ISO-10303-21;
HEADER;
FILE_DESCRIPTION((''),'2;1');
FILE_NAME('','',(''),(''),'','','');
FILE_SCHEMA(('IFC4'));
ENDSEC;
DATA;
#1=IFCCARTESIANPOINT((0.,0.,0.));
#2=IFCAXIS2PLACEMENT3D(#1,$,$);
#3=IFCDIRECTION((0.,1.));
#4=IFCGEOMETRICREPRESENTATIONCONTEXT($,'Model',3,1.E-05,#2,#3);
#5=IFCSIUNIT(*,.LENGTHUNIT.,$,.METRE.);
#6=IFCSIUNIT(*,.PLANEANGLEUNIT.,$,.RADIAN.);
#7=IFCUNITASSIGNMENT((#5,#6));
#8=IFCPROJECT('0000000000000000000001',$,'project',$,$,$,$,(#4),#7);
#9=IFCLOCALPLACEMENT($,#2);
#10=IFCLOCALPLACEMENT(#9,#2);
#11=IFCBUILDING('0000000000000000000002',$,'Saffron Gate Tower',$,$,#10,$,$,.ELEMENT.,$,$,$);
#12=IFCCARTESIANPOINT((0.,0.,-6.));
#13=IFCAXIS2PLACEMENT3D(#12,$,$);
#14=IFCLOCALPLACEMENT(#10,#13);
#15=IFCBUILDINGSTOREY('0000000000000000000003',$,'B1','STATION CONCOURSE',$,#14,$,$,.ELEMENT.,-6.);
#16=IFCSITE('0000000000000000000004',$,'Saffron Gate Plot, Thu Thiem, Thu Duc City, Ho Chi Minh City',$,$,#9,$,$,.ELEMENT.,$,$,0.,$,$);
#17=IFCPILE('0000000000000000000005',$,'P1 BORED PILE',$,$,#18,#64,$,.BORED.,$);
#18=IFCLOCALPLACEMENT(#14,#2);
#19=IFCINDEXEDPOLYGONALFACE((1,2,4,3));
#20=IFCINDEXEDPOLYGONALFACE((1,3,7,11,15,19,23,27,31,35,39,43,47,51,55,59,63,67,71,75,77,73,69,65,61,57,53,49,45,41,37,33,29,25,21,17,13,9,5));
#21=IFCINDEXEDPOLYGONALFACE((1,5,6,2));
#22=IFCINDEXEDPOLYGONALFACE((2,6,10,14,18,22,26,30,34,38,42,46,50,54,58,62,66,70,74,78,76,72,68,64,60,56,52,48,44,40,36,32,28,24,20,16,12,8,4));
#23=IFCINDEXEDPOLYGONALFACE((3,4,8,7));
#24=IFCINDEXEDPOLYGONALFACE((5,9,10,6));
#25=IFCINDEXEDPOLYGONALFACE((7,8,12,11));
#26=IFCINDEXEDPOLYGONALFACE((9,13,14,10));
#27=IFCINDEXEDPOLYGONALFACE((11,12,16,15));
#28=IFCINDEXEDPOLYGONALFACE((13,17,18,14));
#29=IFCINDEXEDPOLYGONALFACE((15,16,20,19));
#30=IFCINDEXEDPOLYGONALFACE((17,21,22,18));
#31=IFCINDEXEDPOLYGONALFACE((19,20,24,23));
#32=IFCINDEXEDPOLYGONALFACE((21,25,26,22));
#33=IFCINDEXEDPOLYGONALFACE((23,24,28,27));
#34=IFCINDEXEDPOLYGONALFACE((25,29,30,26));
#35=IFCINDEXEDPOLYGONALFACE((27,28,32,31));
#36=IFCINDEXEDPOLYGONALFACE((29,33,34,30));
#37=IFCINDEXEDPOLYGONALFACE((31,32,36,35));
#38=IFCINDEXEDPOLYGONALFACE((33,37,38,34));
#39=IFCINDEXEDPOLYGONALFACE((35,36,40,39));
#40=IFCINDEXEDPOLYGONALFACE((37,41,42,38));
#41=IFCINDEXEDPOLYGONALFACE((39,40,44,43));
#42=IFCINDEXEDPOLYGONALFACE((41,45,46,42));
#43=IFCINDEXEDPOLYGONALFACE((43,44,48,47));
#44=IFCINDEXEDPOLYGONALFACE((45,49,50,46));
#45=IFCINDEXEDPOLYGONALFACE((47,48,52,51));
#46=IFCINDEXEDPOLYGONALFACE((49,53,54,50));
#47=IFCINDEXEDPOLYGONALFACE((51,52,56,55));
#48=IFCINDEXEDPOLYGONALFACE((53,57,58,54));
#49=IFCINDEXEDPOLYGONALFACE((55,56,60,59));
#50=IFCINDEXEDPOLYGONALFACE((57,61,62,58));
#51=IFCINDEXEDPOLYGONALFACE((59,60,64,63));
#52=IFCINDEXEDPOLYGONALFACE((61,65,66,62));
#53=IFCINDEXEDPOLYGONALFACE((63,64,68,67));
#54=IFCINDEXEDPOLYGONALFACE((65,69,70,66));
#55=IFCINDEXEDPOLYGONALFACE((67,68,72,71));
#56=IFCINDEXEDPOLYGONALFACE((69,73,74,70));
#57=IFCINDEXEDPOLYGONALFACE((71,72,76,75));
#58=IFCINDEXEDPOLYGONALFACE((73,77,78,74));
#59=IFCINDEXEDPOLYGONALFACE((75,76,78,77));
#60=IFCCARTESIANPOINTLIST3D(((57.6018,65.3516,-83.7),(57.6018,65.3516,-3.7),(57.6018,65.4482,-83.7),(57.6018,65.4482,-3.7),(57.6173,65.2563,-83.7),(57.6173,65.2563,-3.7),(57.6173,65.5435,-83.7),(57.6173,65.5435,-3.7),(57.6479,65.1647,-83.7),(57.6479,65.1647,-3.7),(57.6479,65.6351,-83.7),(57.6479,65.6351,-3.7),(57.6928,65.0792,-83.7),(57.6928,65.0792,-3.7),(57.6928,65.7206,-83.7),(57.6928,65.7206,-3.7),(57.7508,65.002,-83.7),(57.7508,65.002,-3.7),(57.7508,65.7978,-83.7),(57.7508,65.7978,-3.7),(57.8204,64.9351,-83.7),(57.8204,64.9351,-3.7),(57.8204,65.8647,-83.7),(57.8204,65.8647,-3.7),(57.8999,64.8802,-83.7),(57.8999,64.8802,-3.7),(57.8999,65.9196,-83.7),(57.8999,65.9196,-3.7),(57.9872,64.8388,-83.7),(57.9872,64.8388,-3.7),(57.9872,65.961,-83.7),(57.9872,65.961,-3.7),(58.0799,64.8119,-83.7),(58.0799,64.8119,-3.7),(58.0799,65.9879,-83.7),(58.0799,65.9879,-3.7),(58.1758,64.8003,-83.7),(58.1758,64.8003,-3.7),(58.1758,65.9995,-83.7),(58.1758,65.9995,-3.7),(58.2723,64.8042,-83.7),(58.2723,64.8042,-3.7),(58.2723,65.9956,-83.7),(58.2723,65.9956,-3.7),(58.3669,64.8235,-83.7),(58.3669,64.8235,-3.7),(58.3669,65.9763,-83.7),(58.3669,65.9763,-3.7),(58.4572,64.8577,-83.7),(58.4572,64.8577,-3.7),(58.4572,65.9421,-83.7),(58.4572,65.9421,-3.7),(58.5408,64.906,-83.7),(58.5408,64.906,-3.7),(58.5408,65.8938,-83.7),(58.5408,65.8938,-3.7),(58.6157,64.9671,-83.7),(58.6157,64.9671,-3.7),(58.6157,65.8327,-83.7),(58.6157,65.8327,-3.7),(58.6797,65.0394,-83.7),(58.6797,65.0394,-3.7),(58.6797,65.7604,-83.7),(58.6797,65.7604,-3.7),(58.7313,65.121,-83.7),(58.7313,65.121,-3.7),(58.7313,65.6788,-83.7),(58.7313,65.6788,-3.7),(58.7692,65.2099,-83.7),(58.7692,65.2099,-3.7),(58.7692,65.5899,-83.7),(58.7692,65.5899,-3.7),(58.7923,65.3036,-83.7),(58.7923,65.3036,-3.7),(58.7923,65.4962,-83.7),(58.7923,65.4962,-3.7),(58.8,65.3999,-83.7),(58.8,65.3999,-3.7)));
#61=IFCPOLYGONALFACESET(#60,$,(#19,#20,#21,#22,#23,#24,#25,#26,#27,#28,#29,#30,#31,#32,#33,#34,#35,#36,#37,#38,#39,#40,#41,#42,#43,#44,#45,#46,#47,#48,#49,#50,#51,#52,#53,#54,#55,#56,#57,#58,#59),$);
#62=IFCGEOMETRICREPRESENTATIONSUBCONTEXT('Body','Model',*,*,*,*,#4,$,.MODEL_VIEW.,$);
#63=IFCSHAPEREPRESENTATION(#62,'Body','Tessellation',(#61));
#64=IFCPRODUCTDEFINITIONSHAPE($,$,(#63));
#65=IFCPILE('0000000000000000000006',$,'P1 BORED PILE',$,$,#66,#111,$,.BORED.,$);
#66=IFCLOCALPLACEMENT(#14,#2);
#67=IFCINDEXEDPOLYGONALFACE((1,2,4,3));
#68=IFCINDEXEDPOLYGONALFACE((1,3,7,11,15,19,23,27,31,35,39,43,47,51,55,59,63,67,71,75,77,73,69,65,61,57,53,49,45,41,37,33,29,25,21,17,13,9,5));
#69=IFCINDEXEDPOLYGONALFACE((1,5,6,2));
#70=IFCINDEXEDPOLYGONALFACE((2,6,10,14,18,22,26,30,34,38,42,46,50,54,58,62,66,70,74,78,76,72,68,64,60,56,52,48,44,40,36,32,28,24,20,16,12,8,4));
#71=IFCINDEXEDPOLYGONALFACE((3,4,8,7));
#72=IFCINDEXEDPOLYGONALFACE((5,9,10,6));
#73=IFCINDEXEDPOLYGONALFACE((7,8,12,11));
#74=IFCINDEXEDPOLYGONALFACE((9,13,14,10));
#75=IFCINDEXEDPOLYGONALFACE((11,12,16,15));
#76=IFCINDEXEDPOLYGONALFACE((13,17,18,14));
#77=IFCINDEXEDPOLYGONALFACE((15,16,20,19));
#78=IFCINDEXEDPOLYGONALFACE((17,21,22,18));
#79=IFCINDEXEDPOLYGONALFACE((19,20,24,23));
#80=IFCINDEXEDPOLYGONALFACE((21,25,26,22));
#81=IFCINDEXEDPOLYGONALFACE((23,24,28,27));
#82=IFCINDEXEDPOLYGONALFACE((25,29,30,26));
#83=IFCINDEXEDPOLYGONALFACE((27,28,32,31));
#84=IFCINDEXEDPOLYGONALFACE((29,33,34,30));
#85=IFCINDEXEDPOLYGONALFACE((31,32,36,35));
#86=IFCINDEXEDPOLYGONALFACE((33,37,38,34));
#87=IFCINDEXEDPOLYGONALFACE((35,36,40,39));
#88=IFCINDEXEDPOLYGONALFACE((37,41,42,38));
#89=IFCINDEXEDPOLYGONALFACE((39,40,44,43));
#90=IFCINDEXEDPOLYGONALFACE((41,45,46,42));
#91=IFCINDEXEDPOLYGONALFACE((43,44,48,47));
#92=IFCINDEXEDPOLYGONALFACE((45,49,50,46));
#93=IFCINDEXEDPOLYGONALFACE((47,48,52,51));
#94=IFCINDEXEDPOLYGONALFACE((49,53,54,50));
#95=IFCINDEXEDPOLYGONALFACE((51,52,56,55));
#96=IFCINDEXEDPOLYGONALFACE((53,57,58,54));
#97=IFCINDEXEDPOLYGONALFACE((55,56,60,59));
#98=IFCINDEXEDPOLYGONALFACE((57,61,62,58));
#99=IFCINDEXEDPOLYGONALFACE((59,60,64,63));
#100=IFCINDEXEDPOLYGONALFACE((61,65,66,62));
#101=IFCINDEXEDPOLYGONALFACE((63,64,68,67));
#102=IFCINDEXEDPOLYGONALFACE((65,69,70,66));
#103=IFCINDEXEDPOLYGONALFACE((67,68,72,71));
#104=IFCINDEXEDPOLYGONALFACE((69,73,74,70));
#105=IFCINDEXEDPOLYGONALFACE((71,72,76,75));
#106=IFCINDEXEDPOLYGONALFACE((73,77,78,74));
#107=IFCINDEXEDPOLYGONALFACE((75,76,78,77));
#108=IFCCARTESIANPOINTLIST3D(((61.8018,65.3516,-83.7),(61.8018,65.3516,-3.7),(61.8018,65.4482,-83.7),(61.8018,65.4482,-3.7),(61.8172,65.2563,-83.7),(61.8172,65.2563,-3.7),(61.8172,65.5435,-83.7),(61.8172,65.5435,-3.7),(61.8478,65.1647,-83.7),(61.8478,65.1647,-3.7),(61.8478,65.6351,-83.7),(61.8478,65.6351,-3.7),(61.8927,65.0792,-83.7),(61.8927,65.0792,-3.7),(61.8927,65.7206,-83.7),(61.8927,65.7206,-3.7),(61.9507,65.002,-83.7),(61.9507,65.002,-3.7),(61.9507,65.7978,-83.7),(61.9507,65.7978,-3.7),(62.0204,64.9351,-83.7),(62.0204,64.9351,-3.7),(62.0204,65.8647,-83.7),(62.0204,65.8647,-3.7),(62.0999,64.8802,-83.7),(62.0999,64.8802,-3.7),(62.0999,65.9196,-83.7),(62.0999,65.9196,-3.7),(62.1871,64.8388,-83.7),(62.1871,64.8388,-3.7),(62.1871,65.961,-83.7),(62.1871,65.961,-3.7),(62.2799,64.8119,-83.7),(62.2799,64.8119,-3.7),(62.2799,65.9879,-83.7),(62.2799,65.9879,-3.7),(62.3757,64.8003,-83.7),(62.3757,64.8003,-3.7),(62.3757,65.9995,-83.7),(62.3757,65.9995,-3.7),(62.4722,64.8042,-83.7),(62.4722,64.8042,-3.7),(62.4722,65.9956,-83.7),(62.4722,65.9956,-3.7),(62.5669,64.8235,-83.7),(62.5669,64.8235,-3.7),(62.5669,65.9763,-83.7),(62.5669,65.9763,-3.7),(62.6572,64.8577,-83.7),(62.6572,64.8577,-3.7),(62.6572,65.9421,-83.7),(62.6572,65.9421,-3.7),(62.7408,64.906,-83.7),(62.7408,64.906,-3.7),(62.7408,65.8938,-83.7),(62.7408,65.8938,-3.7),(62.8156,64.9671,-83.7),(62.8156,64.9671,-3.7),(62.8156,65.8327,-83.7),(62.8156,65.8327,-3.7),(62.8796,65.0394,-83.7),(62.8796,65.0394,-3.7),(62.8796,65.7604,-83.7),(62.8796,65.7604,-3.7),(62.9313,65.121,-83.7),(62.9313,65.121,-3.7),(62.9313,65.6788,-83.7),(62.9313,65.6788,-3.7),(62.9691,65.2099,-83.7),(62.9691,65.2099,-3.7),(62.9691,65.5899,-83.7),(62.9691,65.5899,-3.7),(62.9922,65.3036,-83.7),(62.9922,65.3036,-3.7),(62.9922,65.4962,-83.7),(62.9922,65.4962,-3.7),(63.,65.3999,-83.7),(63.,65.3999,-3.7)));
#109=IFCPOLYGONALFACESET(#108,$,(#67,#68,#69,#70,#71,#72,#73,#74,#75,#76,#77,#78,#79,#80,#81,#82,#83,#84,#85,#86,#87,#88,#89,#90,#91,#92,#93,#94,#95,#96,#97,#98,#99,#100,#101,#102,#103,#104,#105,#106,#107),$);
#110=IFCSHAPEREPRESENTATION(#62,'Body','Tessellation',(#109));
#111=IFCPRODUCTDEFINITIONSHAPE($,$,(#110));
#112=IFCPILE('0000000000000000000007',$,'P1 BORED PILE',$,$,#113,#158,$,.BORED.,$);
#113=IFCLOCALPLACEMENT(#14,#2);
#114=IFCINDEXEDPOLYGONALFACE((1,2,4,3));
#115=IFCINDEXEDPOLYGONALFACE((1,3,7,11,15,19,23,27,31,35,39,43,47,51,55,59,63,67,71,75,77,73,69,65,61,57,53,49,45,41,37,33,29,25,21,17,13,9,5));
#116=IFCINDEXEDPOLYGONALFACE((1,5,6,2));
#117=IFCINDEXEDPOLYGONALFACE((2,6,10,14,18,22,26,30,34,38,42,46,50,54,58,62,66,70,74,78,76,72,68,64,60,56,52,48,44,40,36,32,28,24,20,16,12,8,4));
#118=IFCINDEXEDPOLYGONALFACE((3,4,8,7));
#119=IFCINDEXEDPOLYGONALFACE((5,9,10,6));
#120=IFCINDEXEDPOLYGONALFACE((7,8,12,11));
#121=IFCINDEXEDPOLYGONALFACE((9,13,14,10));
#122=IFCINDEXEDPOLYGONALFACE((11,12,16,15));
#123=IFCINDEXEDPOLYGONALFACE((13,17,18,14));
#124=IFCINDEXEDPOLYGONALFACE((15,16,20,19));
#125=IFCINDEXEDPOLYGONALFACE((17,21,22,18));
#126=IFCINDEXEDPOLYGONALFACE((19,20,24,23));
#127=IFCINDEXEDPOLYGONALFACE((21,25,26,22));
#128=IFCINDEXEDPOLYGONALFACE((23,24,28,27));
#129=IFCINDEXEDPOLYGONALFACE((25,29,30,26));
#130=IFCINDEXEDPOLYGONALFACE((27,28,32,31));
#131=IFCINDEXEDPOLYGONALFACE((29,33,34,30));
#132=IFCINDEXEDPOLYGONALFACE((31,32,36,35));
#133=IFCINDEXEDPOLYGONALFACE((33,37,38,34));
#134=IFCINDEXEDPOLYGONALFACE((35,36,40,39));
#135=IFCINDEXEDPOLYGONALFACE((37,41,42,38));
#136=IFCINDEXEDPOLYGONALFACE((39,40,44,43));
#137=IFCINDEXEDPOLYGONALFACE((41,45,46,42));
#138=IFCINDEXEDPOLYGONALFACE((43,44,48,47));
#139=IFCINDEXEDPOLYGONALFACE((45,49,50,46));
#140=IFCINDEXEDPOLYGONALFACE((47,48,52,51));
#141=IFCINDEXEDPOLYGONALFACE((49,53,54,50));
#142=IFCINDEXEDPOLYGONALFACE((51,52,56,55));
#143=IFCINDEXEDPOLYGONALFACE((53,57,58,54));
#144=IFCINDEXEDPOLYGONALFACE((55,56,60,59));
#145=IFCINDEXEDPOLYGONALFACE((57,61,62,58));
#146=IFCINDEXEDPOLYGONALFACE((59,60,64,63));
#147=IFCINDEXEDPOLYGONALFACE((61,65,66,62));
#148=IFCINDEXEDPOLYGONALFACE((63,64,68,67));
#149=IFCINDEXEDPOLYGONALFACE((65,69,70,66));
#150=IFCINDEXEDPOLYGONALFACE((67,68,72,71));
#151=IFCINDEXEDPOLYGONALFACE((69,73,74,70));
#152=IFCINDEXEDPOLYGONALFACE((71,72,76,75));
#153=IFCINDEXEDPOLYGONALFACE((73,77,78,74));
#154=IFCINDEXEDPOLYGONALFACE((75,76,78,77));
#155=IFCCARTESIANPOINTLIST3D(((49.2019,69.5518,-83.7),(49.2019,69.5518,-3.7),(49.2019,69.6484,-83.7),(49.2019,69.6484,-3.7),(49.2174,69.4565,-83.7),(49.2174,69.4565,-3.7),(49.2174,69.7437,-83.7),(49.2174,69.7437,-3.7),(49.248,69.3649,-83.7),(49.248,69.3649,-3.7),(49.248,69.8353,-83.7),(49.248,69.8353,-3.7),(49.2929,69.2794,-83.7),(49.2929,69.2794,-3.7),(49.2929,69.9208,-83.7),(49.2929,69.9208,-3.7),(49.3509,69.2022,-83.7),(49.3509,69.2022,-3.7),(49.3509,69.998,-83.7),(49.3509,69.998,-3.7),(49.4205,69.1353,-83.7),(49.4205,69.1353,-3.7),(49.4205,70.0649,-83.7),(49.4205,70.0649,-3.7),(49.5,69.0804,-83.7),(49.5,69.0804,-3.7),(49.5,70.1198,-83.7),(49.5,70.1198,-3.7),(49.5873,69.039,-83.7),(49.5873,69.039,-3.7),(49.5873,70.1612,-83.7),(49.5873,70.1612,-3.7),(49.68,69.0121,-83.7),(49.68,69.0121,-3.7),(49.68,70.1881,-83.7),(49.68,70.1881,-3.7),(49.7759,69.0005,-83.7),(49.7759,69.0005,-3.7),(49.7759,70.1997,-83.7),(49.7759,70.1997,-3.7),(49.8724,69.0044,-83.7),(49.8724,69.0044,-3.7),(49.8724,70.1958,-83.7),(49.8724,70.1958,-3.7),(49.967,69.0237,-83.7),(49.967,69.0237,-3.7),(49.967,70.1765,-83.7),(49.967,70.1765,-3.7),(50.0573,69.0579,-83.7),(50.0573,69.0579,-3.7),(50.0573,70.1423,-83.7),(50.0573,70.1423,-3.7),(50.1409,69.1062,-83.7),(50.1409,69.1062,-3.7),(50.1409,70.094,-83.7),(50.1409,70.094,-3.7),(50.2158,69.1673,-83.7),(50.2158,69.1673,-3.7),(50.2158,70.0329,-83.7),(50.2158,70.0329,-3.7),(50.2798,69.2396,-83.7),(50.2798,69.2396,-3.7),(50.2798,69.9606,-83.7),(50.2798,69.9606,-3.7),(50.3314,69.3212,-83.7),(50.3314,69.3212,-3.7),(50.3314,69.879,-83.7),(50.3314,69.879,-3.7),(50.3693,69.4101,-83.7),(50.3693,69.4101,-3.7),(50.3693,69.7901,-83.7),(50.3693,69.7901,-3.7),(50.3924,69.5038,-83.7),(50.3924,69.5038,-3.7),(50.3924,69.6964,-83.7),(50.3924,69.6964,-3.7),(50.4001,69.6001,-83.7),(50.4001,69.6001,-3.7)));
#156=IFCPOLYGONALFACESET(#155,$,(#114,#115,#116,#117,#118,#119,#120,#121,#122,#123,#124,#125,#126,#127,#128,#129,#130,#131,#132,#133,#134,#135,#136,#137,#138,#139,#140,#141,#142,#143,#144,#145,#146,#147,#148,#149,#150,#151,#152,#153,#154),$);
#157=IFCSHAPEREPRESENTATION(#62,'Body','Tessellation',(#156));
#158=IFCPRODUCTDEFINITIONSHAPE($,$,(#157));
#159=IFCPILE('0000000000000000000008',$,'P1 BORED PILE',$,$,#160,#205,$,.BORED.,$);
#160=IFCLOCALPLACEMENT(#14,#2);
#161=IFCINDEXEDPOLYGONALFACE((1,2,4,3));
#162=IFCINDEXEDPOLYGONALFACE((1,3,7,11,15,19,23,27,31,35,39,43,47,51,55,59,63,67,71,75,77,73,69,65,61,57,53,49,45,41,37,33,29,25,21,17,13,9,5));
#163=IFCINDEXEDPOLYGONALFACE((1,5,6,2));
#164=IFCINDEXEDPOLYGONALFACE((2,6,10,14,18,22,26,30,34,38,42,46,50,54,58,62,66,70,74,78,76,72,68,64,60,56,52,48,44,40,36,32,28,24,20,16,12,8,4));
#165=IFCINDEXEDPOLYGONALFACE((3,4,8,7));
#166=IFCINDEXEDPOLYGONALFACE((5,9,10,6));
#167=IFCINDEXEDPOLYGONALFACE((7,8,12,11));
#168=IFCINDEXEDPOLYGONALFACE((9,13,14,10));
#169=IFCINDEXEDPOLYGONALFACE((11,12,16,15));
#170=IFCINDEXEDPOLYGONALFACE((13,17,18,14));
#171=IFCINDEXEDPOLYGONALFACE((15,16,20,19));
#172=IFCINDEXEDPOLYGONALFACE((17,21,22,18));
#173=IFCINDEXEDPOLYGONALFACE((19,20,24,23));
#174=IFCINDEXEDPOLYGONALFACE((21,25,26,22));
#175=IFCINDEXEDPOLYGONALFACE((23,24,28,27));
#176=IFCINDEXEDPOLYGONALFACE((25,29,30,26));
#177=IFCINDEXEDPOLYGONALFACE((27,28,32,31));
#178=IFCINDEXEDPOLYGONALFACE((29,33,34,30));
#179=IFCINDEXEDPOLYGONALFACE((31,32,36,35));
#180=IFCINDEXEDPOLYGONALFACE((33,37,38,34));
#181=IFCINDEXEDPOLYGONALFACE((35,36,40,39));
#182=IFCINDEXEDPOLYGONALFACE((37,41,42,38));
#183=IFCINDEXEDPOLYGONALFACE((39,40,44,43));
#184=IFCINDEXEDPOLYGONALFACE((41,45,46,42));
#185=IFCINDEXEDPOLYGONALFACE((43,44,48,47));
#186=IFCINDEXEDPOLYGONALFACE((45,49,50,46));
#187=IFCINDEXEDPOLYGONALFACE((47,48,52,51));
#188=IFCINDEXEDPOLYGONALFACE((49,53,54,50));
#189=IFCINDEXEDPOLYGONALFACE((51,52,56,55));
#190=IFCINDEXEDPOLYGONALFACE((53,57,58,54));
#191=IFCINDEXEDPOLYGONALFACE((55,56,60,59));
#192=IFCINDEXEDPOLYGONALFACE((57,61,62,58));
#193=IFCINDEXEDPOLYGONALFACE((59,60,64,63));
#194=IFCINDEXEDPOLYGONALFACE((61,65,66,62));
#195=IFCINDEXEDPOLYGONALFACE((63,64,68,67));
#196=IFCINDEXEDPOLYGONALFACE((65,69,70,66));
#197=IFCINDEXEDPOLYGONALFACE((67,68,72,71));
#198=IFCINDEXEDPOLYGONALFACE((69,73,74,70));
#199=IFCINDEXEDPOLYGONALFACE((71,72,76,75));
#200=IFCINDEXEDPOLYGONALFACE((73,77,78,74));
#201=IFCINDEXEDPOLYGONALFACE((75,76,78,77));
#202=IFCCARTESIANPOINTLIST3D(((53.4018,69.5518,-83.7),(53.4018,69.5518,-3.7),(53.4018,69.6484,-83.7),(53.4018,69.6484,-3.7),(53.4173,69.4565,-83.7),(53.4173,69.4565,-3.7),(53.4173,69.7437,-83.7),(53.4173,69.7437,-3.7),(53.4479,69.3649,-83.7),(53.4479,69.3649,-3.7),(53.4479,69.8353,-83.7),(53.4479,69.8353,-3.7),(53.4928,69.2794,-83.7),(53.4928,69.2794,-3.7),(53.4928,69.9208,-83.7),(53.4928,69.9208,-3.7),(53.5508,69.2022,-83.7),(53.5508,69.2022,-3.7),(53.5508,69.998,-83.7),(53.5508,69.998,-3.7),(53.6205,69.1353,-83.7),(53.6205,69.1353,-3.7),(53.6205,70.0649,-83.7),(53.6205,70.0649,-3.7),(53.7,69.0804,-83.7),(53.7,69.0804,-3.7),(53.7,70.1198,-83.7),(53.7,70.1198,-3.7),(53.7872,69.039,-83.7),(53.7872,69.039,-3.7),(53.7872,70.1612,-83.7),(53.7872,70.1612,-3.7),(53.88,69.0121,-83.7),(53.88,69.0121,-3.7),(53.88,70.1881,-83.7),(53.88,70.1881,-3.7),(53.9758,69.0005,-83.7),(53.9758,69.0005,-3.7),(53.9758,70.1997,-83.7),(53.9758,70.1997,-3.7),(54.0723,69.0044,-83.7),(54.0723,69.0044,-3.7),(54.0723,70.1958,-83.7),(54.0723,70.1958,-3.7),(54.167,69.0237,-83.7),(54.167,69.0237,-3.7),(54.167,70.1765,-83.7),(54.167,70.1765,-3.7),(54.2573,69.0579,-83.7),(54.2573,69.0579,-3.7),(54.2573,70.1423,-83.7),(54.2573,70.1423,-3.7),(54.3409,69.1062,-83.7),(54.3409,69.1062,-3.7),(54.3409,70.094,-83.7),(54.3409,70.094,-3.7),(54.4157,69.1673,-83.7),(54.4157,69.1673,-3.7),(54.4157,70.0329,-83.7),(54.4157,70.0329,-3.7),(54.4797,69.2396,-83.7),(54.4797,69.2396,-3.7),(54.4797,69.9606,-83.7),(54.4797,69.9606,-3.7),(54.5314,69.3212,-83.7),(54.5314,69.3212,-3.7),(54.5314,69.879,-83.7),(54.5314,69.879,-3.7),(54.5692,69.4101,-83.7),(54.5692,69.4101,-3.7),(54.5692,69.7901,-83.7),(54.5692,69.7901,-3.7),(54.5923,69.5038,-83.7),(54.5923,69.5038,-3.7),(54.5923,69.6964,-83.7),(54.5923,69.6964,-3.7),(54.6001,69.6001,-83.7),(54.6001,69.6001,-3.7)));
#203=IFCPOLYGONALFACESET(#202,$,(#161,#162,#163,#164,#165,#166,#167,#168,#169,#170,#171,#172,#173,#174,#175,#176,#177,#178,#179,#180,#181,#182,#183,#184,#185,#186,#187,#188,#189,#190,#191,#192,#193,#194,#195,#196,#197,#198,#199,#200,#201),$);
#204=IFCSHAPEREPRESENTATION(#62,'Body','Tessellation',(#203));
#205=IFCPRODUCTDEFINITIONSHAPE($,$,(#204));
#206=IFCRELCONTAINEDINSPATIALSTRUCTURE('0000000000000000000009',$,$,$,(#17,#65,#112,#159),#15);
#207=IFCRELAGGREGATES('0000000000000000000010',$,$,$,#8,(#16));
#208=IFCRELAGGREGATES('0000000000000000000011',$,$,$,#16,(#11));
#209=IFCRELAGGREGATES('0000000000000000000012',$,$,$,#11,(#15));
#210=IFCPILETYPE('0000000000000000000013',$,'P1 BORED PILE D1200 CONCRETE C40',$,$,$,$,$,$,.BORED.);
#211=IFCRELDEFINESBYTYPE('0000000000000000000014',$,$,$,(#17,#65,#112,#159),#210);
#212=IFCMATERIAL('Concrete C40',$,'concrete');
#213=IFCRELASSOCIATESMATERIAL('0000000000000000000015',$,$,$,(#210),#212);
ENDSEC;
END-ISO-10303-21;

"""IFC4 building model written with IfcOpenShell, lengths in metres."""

from ifc_helpers import new_model, si_unit, direction, frame, origin, origin_2d, place, context, subcontext, project, spatial, circle, extrude, material, material_profile, profile_set, type_object, element, save


model = new_model("IFC4")

# Units and contexts
model_context = context("Model", 3, precision=1e-05, world=origin(), true_north=direction((0.0, 1.0)))
body_context = subcontext(model_context, "Body", "Model", "MODEL_VIEW")
ifc_project = project(units=[si_unit("LENGTHUNIT", "METRE"), si_unit("PLANEANGLEUNIT", "RADIAN")], contexts=[model_context])

# Site, building, storey
site_placement = place(None, origin())
site = spatial("IfcSite", under=ifc_project, at=site_placement, Name="Saffron Gate Plot, Thu Thiem, Thu Duc City, Ho Chi Minh City", CompositionType="ELEMENT", RefElevation=0.0)
building_placement = place(site_placement, origin())
building = spatial("IfcBuilding", under=site, at=building_placement, Name="Saffron Gate Tower", CompositionType="ELEMENT")
storey_placement = place(building_placement, frame((0.0, 0.0, -6.0)))
storey = spatial("IfcBuildingStorey", under=building, at=storey_placement, Name="B1", Description="STATION CONCOURSE", CompositionType="ELEMENT", Elevation=-6.0)

# Piles
ifc_material_1 = material(Name="Concrete C40", Category="concrete")
ifc_material_profile_1 = material_profile(ifc_material_1, circle(Radius=0.6001, at=origin_2d()))
ifc_profile_set_1 = profile_set([ifc_material_profile_1], Name="Concrete C40")
pile_type_1 = type_object("IfcPileType", Name="P1 BORED PILE D1200 CONCRETE C40", PredefinedType="BORED", material=ifc_profile_set_1)
for number, where, z_axis, x_axis, name in (
    (1, (58.2, 65.3999, -3.7), (0.0, 0.0, -1.0), (1.0, 0.0, 0.0), "P1 BORED PILE"),
    (2, (62.3999, 65.3999, -3.7), (0.0, 0.0, -1.0), (1.0, 0.0, 0.0), "P1 BORED PILE"),
    (3, (49.8, 69.6001, -3.7), (0.0, 0.0, -1.0), (1.0, 0.0, 0.0), "P1 BORED PILE"),
    (4, (54.0, 69.6001, -3.7), (0.0, 0.0, -1.0), (1.0, 0.0, 0.0), "P1 BORED PILE"),
):
    element("IfcPile", number, at=place(storey_placement, frame(where, z_axis=z_axis, x_axis=x_axis)), inside=storey, type_object=pile_type_1, Name=name, PredefinedType="BORED", context=body_context, shape_type="SweptSolid", body=[
        extrude(circle(Radius=0.6001, at=origin_2d()), origin(), (0.0, 0.0, 1.0), 80.0),
    ])

save(model, "model.ifc")
